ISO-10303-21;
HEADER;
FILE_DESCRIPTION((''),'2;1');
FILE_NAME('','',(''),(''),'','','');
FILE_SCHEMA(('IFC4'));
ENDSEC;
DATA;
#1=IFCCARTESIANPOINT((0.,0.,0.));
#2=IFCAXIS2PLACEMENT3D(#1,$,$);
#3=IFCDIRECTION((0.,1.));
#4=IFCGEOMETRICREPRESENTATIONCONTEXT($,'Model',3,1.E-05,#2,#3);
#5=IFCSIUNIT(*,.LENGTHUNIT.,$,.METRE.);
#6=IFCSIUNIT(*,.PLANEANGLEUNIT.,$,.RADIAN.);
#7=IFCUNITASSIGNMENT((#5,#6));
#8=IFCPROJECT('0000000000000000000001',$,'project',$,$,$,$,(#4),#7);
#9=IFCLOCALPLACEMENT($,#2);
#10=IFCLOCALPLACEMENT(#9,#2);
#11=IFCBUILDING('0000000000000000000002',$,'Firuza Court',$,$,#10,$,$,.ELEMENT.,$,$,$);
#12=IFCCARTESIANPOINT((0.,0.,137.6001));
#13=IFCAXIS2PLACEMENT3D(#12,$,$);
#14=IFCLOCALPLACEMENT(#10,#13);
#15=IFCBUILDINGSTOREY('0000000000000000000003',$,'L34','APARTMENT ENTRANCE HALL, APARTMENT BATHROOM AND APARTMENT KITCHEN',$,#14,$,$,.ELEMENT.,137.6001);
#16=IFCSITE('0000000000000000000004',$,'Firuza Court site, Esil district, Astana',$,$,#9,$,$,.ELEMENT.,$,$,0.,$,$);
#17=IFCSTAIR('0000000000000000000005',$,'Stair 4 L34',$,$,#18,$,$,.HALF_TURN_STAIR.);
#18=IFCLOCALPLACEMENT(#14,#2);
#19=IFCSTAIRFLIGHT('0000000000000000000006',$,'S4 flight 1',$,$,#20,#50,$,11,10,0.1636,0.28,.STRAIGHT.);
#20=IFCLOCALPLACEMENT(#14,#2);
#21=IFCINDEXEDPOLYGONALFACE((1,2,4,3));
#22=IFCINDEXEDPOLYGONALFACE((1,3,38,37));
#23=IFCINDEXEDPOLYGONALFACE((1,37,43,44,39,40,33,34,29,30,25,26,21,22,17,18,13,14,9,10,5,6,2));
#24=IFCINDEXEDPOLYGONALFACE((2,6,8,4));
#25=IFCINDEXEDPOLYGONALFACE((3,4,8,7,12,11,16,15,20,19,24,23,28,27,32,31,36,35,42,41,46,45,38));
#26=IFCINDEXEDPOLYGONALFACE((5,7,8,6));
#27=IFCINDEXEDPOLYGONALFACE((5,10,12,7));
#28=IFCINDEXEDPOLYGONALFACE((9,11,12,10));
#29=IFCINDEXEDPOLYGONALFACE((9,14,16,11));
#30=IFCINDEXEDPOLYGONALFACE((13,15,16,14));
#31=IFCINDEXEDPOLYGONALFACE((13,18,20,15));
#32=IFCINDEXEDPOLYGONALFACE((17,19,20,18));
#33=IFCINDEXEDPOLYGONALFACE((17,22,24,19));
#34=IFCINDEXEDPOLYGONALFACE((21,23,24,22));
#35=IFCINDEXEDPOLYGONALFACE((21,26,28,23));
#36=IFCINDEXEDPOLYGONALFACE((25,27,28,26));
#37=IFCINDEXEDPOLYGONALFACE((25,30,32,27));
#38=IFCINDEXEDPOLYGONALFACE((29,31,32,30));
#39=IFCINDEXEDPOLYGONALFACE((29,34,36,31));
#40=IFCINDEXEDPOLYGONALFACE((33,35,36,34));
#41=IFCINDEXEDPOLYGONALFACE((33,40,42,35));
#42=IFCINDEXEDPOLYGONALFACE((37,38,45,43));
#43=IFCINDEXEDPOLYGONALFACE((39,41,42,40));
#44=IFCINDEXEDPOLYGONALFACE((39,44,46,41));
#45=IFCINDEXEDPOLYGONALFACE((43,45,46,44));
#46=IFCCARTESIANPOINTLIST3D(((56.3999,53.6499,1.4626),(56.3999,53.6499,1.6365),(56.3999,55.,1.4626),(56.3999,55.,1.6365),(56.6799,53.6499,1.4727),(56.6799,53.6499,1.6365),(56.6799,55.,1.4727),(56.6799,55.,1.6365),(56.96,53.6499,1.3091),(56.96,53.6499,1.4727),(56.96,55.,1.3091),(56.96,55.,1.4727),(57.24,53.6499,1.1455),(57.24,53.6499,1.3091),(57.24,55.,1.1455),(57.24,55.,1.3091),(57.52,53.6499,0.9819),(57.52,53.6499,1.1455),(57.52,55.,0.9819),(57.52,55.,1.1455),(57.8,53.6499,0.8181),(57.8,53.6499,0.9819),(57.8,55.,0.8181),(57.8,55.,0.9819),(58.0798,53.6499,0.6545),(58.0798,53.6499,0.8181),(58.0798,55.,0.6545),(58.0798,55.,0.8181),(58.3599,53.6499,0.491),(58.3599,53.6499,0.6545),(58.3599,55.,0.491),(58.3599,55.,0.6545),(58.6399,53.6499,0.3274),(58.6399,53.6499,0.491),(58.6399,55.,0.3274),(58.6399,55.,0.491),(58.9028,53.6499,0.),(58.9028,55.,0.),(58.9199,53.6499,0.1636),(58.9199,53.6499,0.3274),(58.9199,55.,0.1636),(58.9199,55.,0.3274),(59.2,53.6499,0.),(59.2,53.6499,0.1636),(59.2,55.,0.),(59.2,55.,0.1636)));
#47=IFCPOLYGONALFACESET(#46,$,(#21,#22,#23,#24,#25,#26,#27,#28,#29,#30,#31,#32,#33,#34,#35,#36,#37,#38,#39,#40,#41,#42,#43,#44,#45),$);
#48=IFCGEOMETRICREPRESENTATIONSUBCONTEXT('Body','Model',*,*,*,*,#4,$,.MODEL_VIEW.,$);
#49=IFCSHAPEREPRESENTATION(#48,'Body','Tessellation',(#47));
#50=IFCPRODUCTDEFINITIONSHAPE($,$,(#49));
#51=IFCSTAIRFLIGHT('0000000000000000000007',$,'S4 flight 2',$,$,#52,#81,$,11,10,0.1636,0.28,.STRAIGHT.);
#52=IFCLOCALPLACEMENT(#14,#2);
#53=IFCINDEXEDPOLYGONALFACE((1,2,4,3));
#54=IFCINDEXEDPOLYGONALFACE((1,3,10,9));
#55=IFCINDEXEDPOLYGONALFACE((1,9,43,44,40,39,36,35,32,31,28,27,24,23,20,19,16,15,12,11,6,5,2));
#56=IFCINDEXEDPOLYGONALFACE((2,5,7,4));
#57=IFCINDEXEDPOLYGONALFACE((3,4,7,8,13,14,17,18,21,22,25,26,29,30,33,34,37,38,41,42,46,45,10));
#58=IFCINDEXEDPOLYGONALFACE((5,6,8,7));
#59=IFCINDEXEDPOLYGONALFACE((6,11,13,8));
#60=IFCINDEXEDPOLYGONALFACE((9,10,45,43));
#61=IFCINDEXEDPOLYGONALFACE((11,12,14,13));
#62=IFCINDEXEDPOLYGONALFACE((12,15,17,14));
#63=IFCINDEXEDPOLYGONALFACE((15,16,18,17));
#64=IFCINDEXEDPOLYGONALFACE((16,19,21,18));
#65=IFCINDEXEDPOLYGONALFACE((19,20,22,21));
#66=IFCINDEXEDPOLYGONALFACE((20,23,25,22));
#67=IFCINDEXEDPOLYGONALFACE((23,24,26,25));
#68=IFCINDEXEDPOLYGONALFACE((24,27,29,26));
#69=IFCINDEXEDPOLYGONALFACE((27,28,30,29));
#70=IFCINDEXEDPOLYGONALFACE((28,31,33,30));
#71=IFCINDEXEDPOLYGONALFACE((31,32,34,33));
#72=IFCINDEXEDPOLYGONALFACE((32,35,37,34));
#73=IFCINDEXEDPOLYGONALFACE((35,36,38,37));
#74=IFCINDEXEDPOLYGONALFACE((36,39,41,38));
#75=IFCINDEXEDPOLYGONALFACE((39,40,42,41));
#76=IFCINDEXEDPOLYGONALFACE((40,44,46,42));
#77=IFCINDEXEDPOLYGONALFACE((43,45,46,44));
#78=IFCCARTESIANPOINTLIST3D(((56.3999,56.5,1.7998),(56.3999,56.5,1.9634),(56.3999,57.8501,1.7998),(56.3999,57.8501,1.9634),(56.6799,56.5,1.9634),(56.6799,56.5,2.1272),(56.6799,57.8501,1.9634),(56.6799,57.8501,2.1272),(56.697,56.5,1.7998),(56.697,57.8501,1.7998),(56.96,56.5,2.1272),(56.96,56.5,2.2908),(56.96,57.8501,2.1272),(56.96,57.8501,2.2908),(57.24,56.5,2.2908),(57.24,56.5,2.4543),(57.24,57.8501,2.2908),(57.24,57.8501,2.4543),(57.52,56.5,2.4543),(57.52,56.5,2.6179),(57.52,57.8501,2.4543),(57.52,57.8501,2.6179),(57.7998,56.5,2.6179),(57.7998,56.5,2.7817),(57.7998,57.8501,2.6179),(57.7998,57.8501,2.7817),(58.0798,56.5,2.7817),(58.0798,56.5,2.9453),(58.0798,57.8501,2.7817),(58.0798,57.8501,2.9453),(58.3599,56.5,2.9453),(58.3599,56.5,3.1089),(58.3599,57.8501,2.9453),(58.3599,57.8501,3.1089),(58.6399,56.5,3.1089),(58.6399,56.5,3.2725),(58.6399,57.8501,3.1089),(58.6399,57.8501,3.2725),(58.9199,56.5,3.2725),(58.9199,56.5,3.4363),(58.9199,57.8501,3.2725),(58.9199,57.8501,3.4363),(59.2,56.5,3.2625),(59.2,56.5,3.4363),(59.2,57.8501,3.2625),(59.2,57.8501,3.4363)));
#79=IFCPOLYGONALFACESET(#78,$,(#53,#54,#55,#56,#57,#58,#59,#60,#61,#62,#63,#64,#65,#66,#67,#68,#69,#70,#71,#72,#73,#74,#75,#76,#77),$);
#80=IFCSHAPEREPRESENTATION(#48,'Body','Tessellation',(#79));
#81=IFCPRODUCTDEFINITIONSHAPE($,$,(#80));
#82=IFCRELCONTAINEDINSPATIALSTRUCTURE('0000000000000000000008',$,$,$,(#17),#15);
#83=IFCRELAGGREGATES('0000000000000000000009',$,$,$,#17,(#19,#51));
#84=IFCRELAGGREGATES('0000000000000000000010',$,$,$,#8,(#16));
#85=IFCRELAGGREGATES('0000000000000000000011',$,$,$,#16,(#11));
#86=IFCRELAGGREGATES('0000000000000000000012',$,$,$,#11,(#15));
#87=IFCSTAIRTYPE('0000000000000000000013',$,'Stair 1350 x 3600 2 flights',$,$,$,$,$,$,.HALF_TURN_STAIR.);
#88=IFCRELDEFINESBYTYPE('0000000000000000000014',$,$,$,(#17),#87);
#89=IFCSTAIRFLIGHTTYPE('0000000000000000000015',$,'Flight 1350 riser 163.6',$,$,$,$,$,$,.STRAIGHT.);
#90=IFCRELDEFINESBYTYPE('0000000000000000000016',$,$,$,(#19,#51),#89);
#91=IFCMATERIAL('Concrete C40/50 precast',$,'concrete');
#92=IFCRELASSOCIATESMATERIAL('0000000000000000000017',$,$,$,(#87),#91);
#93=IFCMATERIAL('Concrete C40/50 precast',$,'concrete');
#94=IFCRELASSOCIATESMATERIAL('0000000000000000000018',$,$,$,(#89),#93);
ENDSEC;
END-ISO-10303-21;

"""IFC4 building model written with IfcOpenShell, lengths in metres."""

from ifc_helpers import new_model, si_unit, direction, frame, origin, place, context, subcontext, project, spatial, polyline, outline, extrude, material, type_object, element, aggregate, save


model = new_model("IFC4")

# Units and contexts
model_context = context("Model", 3, precision=1e-05, world=origin(), true_north=direction((0.0, 1.0)))
body_context = subcontext(model_context, "Body", "Model", "MODEL_VIEW")
ifc_project = project(units=[si_unit("LENGTHUNIT", "METRE"), si_unit("PLANEANGLEUNIT", "RADIAN")], contexts=[model_context])

# Site, building, storey
site_placement = place(None, origin())
site = spatial("IfcSite", under=ifc_project, at=site_placement, Name="Firuza Court site, Esil district, Astana", CompositionType="ELEMENT", RefElevation=0.0)
building_placement = place(site_placement, origin())
building = spatial("IfcBuilding", under=site, at=building_placement, Name="Firuza Court", CompositionType="ELEMENT")
storey_placement = place(building_placement, frame((0.0, 0.0, 137.6001)))
storey = spatial("IfcBuildingStorey", under=building, at=storey_placement, Name="L34", Description="APARTMENT ENTRANCE HALL, APARTMENT BATHROOM AND APARTMENT KITCHEN", CompositionType="ELEMENT", Elevation=137.6001)

# Stair, stair flights
ifc_material_1 = material(Name="Concrete C40/50 precast", Category="concrete")
stair_type = type_object("IfcStairType", Name="Stair 1350 x 3600 2 flights", PredefinedType="HALF_TURN_STAIR", material=ifc_material_1)
stair_placement = place(storey_placement, origin())
stair = element("IfcStair", 1, at=stair_placement, inside=storey, type_object=stair_type, Name="Stair 4 L34", PredefinedType="HALF_TURN_STAIR")
ifc_material_2 = material(Name="Concrete C40/50 precast", Category="concrete")
stair_flight_type = type_object("IfcStairFlightType", Name="Flight 1350 riser 163.6", PredefinedType="STRAIGHT", material=ifc_material_2)
stair_flight_1_placement = place(storey_placement, frame((59.2, 54.325, 0.0), z_axis=(0.0, 0.0, 1.0), x_axis=(-1.0, 0.0, 0.0)))
stair_flight_1 = element("IfcStairFlight", 2, at=stair_flight_1_placement, type_object=stair_flight_type, Name="S4 flight 1", NumberOfRisers=11, NumberOfTreads=10, PredefinedType="STRAIGHT", RiserHeight=0.1636, TreadLength=0.28, context=body_context, shape_type="SweptSolid", body=[
    extrude(outline(polyline([(0.0, 0.0), (0.0, 0.1636), (0.28, 0.1636), (0.28, 0.3274), (0.5601, 0.3274), (0.5601, 0.491), (0.8401, 0.491), (0.8401, 0.6545), (1.1201, 0.6545), (1.1201, 0.8181), (1.3999, 0.8181), (1.3999, 0.9819), (1.6799, 0.9819), (1.6799, 1.1455), (1.96, 1.1455), (1.96, 1.3091), (2.24, 1.3091), (2.24, 1.4727), (2.52, 1.4727), (2.52, 1.6365), (2.8, 1.6365), (2.8, 1.8), (2.8, 1.4626), (0.2971, 0.0), (0.0, 0.0)])), frame((0.0, 0.675, 0.0), z_axis=(0.0, -1.0, 0.0), x_axis=(1.0, 0.0, 0.0)), (0.0, 0.0, 1.0), 1.3501),
])
stair_flight_2_placement = place(storey_placement, frame((56.3999, 57.175, 1.7998), z_axis=(0.0, 0.0, 1.0), x_axis=(1.0, 0.0, 0.0)))
stair_flight_2 = element("IfcStairFlight", 3, at=stair_flight_2_placement, type_object=stair_flight_type, Name="S4 flight 2", NumberOfRisers=11, NumberOfTreads=10, PredefinedType="STRAIGHT", RiserHeight=0.1636, TreadLength=0.28, context=body_context, shape_type="SweptSolid", body=[
    extrude(outline(polyline([(0.0, 0.0), (0.0, 0.1636), (0.28, 0.1636), (0.28, 0.3274), (0.5601, 0.3274), (0.5601, 0.491), (0.8401, 0.491), (0.8401, 0.6545), (1.1201, 0.6545), (1.1201, 0.8181), (1.3999, 0.8181), (1.3999, 0.9819), (1.6799, 0.9819), (1.6799, 1.1455), (1.96, 1.1455), (1.96, 1.3091), (2.24, 1.3091), (2.24, 1.4727), (2.52, 1.4727), (2.52, 1.6365), (2.8, 1.6365), (2.8, 1.8), (2.8, 1.4626), (0.2971, 0.0), (0.0, 0.0)])), frame((0.0, 0.675, 0.0), z_axis=(0.0, -1.0, 0.0), x_axis=(1.0, 0.0, 0.0)), (0.0, 0.0, 1.0), 1.3501),
])
aggregate(stair, [stair_flight_1, stair_flight_2])

save(model, "model.ifc")
